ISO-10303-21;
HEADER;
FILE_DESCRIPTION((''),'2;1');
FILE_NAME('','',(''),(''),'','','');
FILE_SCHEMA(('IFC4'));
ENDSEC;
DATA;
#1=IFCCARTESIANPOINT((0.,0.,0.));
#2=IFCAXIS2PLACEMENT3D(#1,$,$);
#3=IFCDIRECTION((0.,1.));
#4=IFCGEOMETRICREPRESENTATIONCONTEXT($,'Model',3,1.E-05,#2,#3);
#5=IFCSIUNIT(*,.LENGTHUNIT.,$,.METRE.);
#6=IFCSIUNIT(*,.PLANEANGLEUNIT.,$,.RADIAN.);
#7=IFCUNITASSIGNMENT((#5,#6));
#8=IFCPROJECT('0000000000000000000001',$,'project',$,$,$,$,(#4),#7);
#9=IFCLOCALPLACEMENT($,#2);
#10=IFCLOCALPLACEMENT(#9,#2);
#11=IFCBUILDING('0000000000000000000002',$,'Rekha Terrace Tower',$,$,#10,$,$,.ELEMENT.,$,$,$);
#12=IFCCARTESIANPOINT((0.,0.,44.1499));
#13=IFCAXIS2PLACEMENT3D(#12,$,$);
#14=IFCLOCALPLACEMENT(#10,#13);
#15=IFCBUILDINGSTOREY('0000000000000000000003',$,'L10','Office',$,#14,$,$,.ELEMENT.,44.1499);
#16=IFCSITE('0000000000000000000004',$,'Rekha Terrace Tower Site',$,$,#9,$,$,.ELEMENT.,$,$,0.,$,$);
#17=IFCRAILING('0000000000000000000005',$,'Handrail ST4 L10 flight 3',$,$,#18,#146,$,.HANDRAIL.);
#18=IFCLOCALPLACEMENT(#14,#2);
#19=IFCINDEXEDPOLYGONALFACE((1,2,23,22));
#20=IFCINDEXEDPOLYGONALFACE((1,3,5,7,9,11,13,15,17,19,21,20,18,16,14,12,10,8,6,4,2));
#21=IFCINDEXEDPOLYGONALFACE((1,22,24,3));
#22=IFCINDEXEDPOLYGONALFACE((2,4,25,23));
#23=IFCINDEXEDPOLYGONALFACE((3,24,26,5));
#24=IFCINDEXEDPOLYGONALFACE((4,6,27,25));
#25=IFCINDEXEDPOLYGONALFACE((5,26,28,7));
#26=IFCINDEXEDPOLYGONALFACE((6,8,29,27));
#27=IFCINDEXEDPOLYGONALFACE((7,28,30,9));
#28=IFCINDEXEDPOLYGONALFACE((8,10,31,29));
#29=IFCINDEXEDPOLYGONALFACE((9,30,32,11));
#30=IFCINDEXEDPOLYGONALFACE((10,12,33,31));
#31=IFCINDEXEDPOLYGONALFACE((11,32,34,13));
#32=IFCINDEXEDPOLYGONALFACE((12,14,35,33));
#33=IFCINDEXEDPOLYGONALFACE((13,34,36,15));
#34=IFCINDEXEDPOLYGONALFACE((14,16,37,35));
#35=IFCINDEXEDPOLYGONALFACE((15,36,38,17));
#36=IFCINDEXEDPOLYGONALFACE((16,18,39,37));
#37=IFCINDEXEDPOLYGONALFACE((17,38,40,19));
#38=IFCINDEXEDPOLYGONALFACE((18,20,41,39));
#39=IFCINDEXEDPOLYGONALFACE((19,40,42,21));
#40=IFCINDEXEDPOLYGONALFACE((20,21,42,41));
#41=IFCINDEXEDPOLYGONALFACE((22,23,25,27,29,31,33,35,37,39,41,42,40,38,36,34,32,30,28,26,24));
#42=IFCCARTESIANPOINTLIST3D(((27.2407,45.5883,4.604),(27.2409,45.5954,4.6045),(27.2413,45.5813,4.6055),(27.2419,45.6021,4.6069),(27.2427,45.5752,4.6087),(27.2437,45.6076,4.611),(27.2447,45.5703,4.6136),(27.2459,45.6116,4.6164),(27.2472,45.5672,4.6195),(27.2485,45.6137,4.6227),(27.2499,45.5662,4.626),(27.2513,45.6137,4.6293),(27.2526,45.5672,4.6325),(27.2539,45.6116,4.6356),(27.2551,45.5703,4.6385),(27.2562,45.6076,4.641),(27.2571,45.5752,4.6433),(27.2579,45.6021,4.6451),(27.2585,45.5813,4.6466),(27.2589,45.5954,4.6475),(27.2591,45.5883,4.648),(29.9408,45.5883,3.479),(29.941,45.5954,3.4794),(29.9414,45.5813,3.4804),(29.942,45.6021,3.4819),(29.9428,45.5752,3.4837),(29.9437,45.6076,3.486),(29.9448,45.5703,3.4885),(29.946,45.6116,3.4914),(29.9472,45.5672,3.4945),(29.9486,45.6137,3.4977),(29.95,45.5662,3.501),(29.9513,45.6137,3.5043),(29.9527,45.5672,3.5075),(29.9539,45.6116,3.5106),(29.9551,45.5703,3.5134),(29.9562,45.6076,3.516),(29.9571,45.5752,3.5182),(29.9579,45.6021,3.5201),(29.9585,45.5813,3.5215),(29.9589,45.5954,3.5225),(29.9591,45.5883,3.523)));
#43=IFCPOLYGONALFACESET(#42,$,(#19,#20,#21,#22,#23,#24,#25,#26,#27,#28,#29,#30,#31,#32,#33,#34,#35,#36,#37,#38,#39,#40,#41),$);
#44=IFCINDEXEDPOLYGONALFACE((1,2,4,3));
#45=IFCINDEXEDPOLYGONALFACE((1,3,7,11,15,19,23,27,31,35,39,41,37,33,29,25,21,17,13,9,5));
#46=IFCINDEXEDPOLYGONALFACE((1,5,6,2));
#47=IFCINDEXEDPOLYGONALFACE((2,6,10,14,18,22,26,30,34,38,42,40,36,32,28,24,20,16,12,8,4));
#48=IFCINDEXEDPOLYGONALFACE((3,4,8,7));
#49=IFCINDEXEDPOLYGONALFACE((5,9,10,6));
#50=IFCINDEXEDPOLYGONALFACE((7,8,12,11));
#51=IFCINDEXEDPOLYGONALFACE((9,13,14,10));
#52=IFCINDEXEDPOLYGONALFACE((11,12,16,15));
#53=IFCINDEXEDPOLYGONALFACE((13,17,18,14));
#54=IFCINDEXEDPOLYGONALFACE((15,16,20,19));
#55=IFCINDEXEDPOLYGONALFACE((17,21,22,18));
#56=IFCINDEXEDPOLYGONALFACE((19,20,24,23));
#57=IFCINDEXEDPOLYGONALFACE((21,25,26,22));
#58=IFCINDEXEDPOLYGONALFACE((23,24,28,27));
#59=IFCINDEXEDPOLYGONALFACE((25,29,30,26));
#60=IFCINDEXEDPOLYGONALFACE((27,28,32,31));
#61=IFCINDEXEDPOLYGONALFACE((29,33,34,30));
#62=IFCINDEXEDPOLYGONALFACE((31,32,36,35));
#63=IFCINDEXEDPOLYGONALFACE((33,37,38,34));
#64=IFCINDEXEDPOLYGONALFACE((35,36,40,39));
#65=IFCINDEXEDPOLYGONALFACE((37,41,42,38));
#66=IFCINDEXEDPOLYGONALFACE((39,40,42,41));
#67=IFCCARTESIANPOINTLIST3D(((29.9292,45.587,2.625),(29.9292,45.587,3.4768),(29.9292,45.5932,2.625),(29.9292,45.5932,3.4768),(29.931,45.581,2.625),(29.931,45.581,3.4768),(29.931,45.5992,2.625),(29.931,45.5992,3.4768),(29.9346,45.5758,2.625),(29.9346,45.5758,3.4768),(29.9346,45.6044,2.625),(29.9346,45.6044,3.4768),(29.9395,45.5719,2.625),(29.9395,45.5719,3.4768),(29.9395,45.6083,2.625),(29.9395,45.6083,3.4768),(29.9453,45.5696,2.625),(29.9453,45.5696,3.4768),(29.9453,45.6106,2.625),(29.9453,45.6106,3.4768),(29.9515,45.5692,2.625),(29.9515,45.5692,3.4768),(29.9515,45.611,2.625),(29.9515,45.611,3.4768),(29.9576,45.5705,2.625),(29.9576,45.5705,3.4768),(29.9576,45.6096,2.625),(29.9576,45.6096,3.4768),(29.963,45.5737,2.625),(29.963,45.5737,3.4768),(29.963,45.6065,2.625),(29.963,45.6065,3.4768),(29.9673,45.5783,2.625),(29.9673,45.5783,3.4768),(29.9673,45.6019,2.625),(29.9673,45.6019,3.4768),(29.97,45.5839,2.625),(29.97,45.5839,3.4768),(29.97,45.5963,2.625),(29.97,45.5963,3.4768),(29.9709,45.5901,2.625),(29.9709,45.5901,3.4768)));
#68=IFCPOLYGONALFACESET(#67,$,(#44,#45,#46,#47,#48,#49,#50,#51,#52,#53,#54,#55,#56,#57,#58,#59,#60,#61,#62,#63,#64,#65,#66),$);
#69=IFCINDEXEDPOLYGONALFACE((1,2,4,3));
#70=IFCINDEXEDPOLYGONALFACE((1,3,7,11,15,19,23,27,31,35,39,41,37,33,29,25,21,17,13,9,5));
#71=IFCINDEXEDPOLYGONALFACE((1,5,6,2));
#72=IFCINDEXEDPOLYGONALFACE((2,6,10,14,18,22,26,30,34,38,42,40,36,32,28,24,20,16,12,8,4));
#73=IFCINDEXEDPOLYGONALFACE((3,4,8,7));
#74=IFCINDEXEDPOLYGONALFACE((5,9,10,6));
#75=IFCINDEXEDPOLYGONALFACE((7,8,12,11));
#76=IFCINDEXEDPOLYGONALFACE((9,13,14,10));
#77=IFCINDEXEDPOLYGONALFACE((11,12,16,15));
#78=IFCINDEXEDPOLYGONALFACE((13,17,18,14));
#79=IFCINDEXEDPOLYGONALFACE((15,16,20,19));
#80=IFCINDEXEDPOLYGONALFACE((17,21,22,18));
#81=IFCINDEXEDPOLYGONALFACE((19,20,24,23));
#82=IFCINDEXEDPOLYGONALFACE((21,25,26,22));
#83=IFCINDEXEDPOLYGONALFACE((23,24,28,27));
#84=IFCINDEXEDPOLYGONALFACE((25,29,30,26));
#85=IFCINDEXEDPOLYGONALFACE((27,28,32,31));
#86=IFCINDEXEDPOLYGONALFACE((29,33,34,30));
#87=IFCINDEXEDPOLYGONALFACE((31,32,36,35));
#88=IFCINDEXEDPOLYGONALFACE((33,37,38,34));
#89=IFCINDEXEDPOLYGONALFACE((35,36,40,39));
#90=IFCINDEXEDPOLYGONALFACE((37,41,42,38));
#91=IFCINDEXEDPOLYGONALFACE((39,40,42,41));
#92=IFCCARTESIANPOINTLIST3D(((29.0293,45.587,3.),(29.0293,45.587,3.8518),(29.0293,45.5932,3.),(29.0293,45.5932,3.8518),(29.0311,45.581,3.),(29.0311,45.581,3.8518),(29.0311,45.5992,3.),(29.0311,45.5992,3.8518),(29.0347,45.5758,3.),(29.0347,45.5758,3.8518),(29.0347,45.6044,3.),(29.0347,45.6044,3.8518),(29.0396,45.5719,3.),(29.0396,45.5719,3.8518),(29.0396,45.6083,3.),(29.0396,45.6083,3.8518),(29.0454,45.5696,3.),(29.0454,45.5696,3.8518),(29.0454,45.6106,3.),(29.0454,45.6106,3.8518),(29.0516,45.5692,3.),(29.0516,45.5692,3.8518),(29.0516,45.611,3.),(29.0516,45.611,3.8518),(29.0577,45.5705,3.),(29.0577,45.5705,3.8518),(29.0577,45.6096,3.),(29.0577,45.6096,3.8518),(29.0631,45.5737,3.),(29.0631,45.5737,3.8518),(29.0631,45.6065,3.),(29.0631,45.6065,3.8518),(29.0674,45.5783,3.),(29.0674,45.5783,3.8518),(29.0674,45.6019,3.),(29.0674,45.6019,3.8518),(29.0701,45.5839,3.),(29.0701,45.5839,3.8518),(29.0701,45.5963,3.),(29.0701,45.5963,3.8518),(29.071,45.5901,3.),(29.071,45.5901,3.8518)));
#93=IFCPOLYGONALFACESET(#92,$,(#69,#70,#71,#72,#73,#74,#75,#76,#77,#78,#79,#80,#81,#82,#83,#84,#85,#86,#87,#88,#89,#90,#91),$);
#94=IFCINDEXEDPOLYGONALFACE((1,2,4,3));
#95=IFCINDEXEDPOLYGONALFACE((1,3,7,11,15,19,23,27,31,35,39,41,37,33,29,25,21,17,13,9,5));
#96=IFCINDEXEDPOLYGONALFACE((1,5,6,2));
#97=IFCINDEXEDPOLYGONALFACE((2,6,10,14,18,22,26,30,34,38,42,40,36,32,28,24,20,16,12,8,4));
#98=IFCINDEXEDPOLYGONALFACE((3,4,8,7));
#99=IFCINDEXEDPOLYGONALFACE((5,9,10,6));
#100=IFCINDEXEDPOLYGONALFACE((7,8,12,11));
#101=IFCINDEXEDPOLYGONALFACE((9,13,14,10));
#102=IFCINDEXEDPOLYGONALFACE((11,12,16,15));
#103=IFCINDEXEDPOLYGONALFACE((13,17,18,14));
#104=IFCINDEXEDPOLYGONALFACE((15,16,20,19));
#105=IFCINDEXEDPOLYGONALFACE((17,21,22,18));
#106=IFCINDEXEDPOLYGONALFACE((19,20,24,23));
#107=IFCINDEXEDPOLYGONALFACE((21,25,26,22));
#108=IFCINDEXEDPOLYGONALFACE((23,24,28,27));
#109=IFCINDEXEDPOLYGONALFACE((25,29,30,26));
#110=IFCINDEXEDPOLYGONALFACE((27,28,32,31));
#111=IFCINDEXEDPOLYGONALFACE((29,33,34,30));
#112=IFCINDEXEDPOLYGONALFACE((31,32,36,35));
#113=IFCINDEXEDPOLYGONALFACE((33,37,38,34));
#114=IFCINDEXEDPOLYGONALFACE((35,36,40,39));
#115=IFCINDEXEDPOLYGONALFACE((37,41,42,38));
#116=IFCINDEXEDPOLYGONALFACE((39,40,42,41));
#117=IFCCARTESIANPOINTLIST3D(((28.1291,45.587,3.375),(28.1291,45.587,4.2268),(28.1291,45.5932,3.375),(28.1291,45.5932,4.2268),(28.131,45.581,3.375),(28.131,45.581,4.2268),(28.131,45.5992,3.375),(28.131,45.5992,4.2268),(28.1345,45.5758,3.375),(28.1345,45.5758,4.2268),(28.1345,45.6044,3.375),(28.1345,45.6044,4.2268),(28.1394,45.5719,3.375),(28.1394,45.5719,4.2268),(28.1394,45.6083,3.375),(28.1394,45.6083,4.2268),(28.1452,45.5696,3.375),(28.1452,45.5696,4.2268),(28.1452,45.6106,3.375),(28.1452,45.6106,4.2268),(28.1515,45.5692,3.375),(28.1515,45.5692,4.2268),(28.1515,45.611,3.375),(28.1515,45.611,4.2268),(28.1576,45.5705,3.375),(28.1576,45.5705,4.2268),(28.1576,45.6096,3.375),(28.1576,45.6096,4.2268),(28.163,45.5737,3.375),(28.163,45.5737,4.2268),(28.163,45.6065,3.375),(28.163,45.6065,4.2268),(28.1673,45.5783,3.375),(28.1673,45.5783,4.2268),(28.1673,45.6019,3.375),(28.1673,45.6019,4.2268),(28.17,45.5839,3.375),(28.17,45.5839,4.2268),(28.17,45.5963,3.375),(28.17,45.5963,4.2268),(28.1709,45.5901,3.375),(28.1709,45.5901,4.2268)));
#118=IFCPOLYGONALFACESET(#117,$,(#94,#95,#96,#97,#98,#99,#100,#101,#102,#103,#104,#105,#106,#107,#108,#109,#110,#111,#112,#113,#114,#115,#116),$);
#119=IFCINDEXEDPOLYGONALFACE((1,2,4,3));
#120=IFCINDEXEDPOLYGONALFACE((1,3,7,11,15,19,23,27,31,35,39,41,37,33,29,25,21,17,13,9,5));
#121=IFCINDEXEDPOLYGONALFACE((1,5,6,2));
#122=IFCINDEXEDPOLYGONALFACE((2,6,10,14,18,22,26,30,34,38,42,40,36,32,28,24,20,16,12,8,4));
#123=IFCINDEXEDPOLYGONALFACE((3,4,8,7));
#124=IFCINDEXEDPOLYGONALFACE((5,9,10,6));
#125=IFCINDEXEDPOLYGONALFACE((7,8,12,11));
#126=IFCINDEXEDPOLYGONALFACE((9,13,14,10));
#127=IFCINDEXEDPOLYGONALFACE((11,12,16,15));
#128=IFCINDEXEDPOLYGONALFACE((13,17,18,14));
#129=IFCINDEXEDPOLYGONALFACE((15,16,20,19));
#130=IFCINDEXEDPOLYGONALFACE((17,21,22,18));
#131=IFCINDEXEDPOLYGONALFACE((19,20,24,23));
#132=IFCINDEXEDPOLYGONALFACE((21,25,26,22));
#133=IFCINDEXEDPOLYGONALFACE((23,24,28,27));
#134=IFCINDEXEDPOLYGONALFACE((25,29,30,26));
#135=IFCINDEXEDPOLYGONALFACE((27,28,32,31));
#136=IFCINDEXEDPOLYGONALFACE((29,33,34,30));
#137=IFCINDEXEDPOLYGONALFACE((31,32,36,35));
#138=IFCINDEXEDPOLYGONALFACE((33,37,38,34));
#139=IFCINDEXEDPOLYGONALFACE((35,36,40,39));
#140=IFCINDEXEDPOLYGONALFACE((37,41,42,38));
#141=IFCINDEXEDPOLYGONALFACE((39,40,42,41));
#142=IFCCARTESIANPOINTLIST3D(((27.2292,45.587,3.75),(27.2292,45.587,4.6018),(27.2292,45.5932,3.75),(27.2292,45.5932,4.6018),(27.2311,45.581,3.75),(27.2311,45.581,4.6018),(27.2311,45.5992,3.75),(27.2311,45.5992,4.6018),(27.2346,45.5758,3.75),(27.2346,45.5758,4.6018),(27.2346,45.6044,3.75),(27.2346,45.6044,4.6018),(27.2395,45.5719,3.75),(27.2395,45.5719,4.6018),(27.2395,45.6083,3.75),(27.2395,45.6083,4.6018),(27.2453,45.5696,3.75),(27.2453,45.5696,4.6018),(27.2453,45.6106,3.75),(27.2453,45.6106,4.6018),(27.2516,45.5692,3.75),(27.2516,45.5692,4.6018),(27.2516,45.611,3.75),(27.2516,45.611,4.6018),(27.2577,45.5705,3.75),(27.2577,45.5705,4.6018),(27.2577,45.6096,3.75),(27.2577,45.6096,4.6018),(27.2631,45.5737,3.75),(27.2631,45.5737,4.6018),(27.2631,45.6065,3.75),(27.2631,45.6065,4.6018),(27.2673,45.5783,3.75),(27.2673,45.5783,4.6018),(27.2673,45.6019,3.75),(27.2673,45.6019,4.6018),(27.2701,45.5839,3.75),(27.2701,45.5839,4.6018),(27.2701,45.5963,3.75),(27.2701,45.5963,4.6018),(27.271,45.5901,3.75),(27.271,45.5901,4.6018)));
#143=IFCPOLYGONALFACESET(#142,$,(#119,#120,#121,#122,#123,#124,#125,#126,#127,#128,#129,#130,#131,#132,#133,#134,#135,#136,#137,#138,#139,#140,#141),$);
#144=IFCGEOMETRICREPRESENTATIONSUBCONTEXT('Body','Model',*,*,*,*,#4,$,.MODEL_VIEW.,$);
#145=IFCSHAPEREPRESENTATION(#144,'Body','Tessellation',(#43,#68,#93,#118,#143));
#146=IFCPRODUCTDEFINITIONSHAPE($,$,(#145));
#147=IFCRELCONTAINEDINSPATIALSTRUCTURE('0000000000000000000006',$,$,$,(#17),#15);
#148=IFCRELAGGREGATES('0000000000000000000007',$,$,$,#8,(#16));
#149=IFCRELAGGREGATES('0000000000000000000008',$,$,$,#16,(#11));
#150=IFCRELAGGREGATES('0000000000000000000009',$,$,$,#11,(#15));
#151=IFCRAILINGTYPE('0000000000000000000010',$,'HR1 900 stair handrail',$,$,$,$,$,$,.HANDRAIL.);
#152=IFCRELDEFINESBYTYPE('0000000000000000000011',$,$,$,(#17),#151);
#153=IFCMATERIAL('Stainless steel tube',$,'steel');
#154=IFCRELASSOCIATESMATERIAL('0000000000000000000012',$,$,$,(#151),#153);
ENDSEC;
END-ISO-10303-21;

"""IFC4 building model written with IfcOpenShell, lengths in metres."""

from ifc_helpers import new_model, si_unit, direction, frame, origin, origin_2d, place, context, subcontext, project, spatial, circle, extrude, material, type_object, element, save


model = new_model("IFC4")

# Units and contexts
model_context = context("Model", 3, precision=1e-05, world=origin(), true_north=direction((0.0, 1.0)))
body_context = subcontext(model_context, "Body", "Model", "MODEL_VIEW")
ifc_project = project(units=[si_unit("LENGTHUNIT", "METRE"), si_unit("PLANEANGLEUNIT", "RADIAN")], contexts=[model_context])

# Site, building, storey
site_placement = place(None, origin())
site = spatial("IfcSite", under=ifc_project, at=site_placement, Name="Rekha Terrace Tower Site", CompositionType="ELEMENT", RefElevation=0.0)
building_placement = place(site_placement, origin())
building = spatial("IfcBuilding", under=site, at=building_placement, Name="Rekha Terrace Tower", CompositionType="ELEMENT")
storey_placement = place(building_placement, frame((0.0, 0.0, 44.1499)))
storey = spatial("IfcBuildingStorey", under=building, at=storey_placement, Name="L10", Description="Office", CompositionType="ELEMENT", Elevation=44.1499)

# Railing
ifc_material_1 = material(Name="Stainless steel tube", Category="steel")
railing_type_1 = type_object("IfcRailingType", Name="HR1 900 stair handrail", PredefinedType="HANDRAIL", material=ifc_material_1)
railing_1_placement = place(storey_placement, frame((29.95, 45.5901, 2.625)))
element("IfcRailing", 1, at=railing_1_placement, inside=storey, type_object=railing_type_1, Name="Handrail ST4 L10 flight 3", PredefinedType="HANDRAIL", context=body_context, shape_type="SweptSolid", body=[
    extrude(circle(Radius=0.0239, at=origin_2d()), frame((0.0, 0.0, 0.876), z_axis=(-0.923074, 0.0, 0.384621), x_axis=(0.0, -1.0, 0.0)), (0.0, 0.0, 1.0), 2.925),
    extrude(circle(Radius=0.021, at=origin_2d()), origin(), (0.0, 0.0, 1.0), 0.8518),
    extrude(circle(Radius=0.021, at=origin_2d()), frame((-0.8999, 0.0, 0.375)), (0.0, 0.0, 1.0), 0.8518),
    extrude(circle(Radius=0.021, at=origin_2d()), frame((-1.8, 0.0, 0.75)), (0.0, 0.0, 1.0), 0.8518),
    extrude(circle(Radius=0.021, at=origin_2d()), frame((-2.7, 0.0, 1.125)), (0.0, 0.0, 1.0), 0.8518),
])

save(model, "model.ifc")
